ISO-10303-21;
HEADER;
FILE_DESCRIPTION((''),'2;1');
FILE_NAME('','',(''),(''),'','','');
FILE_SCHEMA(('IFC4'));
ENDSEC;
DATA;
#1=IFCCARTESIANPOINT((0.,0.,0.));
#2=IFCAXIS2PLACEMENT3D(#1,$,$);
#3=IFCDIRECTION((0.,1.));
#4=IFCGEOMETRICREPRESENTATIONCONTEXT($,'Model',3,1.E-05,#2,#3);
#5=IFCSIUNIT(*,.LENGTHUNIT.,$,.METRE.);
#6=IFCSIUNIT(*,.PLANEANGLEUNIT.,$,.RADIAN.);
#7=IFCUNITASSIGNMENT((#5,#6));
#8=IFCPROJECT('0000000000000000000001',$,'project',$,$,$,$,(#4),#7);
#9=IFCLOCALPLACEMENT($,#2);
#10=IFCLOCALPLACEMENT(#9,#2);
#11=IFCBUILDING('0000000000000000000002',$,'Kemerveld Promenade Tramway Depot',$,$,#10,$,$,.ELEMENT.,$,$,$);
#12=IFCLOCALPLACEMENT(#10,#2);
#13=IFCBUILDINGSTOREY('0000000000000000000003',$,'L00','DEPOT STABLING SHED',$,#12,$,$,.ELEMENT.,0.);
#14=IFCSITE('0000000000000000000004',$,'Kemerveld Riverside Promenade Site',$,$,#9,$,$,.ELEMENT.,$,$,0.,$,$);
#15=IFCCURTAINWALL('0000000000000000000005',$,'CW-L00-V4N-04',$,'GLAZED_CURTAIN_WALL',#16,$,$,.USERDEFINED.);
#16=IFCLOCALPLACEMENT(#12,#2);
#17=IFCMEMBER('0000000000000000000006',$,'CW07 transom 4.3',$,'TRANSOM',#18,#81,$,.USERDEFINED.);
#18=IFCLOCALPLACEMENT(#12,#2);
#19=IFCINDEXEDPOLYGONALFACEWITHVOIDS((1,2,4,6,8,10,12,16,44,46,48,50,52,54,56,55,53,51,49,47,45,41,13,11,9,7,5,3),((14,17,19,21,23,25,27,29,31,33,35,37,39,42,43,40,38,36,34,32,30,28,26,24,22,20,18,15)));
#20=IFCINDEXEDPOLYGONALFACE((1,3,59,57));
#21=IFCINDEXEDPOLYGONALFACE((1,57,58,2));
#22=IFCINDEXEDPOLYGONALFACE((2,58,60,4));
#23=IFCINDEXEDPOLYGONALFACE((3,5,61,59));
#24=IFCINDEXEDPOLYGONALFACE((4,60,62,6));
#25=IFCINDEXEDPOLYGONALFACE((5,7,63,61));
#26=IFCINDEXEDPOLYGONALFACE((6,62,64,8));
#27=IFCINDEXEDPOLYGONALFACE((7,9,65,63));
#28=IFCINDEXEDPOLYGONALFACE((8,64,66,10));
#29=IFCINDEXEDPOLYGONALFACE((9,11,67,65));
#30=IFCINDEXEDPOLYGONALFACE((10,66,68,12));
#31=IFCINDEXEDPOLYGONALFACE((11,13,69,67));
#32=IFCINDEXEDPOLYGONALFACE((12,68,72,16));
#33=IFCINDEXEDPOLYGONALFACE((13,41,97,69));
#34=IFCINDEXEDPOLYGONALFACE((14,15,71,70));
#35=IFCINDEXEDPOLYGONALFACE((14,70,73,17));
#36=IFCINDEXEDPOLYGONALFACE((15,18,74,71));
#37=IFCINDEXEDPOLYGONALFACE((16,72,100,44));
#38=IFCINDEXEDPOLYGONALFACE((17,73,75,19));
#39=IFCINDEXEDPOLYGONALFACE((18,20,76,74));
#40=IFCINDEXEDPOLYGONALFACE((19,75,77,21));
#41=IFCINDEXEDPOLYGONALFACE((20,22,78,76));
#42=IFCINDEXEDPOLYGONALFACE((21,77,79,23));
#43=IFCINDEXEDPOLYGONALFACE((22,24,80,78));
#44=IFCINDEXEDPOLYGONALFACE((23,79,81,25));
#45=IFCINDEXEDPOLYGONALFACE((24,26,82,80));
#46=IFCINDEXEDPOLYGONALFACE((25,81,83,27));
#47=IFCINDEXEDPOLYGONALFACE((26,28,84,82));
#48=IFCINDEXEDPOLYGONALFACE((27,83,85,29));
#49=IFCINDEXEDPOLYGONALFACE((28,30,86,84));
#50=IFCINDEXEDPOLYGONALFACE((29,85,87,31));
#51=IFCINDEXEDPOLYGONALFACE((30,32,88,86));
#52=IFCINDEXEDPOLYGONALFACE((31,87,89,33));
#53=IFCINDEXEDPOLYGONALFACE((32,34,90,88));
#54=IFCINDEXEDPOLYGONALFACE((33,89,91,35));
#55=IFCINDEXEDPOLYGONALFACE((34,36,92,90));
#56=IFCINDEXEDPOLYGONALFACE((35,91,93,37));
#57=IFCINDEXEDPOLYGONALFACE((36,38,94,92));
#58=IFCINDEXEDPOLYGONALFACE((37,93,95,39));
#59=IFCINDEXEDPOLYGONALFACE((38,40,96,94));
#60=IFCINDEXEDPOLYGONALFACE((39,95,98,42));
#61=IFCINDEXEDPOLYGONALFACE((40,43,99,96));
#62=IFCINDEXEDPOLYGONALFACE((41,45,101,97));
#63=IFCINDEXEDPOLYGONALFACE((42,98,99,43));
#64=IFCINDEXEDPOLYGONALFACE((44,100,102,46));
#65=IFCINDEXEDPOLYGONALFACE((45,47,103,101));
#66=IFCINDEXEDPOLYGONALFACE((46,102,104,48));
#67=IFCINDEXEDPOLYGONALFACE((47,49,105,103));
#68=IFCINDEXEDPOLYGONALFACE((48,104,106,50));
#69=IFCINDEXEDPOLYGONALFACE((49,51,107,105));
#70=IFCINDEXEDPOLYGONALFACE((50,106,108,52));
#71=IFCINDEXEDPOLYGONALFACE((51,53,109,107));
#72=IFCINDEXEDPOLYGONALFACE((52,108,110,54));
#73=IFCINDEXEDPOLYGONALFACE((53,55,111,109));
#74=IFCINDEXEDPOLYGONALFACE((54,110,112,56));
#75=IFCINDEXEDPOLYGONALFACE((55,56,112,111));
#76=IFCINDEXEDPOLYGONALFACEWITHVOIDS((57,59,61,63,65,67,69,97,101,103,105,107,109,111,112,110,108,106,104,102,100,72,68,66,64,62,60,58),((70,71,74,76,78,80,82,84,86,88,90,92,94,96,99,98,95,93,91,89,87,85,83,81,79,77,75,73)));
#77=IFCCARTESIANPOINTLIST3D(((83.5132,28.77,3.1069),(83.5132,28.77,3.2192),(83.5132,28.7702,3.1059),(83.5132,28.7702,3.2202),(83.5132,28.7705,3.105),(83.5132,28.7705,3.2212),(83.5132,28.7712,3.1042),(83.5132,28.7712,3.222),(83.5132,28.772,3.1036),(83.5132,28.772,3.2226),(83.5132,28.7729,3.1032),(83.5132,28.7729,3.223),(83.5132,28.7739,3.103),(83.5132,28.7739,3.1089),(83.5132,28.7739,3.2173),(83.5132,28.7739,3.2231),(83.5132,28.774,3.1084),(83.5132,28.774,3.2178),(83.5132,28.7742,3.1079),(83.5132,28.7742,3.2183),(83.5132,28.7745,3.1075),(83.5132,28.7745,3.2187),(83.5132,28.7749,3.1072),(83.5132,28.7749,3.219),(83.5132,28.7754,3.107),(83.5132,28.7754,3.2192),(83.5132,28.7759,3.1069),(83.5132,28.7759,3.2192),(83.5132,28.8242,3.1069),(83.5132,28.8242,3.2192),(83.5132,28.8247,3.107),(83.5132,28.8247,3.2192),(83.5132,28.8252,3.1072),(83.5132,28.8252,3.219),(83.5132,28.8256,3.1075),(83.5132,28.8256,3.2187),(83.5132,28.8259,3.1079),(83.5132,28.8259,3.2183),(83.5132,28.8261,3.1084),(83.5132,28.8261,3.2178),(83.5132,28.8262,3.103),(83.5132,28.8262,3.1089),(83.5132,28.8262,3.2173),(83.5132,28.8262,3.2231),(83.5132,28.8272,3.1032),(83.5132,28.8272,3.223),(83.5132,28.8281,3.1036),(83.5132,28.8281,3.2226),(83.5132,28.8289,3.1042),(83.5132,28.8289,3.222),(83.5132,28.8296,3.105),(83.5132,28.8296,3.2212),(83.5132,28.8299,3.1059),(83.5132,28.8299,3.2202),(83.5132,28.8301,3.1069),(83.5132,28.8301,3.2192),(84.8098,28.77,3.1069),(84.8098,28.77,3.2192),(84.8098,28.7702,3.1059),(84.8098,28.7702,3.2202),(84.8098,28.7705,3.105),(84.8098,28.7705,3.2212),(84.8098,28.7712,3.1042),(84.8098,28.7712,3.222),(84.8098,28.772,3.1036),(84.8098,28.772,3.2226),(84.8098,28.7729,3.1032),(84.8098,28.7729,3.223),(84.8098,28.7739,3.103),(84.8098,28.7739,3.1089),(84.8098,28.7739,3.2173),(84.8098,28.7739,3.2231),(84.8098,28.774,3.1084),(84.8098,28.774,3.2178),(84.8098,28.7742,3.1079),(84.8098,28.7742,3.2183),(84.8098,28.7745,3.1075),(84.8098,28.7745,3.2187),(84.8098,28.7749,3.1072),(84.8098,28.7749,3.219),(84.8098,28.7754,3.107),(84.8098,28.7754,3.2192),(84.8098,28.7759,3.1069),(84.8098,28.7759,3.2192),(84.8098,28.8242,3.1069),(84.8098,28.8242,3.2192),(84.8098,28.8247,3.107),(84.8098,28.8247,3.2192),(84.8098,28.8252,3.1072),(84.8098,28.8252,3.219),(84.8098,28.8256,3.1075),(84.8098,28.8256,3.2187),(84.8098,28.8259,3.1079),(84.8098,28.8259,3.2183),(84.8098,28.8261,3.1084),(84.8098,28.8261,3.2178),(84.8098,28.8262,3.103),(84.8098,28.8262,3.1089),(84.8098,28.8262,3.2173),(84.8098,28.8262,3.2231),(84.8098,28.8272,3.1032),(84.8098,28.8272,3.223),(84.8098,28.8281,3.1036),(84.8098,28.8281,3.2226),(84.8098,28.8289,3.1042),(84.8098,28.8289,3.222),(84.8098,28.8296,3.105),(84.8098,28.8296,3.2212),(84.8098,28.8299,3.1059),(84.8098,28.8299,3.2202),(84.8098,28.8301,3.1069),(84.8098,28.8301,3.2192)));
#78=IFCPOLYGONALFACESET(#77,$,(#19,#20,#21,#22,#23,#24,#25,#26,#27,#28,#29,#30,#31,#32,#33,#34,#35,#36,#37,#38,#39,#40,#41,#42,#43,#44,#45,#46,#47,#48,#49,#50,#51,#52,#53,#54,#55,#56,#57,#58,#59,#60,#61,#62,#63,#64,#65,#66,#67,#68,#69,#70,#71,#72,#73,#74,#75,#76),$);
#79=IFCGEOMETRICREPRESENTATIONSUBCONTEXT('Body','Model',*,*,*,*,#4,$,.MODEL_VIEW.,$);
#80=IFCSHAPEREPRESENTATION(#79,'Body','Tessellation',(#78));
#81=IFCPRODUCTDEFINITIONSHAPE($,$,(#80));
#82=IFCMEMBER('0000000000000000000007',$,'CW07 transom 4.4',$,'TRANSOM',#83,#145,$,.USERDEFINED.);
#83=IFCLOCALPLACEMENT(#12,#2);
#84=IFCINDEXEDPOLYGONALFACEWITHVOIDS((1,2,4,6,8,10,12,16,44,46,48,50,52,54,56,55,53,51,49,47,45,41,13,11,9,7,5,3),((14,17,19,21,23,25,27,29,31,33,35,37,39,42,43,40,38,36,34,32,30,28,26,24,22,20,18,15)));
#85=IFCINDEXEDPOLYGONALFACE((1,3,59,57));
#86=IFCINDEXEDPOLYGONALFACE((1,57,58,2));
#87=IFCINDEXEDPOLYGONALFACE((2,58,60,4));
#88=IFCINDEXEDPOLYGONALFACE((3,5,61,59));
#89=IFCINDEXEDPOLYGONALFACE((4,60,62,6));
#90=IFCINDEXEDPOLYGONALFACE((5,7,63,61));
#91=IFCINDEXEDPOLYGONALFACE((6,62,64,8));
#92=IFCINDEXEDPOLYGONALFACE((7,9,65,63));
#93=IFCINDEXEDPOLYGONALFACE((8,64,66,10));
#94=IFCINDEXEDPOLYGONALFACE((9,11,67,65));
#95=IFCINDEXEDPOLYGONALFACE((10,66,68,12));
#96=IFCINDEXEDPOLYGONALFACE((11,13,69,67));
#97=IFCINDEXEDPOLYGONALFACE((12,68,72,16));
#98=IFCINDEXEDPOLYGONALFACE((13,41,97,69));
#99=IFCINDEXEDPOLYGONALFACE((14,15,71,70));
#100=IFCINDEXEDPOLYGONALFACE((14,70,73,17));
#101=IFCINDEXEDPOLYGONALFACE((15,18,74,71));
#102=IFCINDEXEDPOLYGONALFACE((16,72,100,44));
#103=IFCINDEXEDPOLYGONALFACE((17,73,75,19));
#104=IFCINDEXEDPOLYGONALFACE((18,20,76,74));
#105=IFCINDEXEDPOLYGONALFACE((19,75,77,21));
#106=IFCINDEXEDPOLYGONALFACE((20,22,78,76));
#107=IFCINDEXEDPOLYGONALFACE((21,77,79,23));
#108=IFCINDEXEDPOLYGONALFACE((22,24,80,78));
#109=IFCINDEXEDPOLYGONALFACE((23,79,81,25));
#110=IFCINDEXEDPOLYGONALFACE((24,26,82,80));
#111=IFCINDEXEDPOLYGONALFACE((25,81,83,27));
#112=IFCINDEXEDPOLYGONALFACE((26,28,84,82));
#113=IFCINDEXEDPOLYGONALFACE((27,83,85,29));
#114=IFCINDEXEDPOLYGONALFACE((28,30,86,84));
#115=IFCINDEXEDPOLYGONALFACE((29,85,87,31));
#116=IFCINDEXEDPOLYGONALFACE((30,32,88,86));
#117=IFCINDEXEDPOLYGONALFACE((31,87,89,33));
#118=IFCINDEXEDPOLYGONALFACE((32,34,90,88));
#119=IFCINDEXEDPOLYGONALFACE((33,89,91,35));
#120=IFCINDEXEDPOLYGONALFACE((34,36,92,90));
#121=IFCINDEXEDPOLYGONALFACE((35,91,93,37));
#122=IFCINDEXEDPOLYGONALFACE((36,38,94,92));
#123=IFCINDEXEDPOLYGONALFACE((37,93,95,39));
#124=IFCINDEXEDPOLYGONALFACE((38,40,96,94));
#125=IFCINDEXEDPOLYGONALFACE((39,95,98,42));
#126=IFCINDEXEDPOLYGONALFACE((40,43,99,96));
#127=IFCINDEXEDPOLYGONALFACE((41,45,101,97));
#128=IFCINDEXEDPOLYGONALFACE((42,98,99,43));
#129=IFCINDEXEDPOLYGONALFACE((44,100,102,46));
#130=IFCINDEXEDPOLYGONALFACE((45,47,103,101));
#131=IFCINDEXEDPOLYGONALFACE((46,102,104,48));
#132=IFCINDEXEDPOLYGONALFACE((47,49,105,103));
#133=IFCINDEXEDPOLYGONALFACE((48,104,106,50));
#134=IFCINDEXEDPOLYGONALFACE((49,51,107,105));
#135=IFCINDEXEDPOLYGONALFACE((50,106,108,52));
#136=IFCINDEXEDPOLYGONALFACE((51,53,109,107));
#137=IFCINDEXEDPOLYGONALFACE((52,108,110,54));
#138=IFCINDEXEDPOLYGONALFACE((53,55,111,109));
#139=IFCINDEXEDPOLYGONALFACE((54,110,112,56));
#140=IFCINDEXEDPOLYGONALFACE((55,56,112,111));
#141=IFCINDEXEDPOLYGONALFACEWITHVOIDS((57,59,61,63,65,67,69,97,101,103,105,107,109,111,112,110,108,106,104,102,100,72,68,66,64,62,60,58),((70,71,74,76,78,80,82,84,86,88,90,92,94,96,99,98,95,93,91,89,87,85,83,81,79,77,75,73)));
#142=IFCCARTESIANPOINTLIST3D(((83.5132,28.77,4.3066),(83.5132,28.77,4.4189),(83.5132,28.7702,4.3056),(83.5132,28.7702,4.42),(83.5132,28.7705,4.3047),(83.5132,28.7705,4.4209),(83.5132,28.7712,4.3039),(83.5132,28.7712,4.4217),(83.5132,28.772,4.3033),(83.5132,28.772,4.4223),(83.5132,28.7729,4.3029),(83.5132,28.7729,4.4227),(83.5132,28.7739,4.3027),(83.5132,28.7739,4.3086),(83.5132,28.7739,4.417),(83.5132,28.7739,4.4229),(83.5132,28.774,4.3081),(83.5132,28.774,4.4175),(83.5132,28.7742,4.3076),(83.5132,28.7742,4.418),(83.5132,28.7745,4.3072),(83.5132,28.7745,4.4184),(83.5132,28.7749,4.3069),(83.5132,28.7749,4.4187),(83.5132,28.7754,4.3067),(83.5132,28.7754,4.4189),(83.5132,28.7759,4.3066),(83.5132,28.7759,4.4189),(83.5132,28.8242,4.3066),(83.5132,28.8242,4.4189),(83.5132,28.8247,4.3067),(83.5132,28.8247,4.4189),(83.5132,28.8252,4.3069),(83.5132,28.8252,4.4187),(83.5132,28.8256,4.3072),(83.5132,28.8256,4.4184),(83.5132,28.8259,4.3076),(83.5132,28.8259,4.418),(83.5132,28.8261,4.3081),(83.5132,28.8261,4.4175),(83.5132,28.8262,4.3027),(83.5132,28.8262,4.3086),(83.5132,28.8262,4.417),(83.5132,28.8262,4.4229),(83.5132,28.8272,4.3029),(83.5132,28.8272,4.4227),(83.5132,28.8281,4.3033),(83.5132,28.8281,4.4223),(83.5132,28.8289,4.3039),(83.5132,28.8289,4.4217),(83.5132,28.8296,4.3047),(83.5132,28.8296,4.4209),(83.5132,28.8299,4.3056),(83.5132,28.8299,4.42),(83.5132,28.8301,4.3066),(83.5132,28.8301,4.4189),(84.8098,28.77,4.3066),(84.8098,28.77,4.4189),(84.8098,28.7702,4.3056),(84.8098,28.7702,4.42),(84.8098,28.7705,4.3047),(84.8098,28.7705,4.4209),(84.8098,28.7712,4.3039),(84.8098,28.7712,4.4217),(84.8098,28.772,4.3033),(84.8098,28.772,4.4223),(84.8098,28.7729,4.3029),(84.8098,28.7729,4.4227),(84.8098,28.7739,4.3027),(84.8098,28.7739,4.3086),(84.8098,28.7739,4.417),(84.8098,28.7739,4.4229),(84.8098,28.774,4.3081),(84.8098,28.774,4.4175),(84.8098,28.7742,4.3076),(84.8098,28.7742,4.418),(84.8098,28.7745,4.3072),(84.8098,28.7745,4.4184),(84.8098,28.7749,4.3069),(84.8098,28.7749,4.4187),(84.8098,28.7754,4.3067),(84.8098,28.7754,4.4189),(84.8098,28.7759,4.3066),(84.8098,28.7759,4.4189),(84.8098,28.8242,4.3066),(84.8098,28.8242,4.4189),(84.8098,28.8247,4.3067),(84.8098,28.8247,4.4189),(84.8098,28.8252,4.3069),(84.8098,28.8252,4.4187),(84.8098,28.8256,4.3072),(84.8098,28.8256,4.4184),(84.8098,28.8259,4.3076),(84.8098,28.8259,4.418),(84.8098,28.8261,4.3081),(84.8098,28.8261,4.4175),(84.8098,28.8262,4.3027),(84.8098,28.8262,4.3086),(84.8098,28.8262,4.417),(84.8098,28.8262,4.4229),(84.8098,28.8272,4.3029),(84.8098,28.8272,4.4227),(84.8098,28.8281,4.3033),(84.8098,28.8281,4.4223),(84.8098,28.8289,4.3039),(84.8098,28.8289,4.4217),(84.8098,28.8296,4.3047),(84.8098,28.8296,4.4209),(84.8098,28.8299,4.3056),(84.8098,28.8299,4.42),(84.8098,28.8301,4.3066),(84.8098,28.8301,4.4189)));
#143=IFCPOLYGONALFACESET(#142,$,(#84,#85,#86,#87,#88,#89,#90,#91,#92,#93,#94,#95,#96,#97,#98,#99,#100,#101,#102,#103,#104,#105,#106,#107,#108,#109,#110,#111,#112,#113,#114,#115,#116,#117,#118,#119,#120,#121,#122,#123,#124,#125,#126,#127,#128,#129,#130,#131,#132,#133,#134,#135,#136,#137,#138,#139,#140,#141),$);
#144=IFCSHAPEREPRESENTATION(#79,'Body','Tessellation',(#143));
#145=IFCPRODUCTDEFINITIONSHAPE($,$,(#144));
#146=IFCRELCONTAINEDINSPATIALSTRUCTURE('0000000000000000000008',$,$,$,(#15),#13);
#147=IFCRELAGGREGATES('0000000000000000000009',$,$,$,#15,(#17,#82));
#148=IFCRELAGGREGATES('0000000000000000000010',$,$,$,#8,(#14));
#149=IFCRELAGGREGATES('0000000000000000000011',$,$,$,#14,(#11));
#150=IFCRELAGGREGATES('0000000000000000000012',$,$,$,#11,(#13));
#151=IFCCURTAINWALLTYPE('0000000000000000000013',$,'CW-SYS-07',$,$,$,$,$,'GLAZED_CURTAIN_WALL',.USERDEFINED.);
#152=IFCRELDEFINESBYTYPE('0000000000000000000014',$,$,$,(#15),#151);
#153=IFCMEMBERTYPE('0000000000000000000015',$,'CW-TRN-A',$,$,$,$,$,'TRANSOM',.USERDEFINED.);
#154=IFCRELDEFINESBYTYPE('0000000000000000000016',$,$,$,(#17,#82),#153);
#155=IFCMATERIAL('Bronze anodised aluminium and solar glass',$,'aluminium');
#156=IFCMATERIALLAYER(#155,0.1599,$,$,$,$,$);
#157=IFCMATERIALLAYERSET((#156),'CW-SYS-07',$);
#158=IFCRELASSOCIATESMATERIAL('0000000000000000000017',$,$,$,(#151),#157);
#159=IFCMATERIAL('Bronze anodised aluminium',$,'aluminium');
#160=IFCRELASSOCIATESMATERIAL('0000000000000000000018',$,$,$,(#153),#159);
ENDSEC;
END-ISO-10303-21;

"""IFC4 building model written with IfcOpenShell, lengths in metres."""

from ifc_helpers import new_model, si_unit, direction, frame, origin, origin_2d, place, context, subcontext, project, spatial, hollow_rectangle, extrude, material, layer, layer_set, material_profile, profile_set, type_object, element, aggregate, save


model = new_model("IFC4")

# Units and contexts
model_context = context("Model", 3, precision=1e-05, world=origin(), true_north=direction((0.0, 1.0)))
body_context = subcontext(model_context, "Body", "Model", "MODEL_VIEW")
ifc_project = project(units=[si_unit("LENGTHUNIT", "METRE"), si_unit("PLANEANGLEUNIT", "RADIAN")], contexts=[model_context])

# Site, building, storey
site_placement = place(None, origin())
site = spatial("IfcSite", under=ifc_project, at=site_placement, Name="Kemerveld Riverside Promenade Site", CompositionType="ELEMENT", RefElevation=0.0)
building_placement = place(site_placement, origin())
building = spatial("IfcBuilding", under=site, at=building_placement, Name="Kemerveld Promenade Tramway Depot", CompositionType="ELEMENT")
storey_placement = place(building_placement, origin())
storey = spatial("IfcBuildingStorey", under=building, at=storey_placement, Name="L00", Description="DEPOT STABLING SHED", CompositionType="ELEMENT", Elevation=0.0)

# Curtain wall, members
ifc_material_1 = material(Name="Bronze anodised aluminium and solar glass", Category="aluminium")
ifc_layer_1 = layer(ifc_material_1, 0.1599)
ifc_layer_set_1 = layer_set([ifc_layer_1], Name="CW-SYS-07")
curtain_wall_type = type_object("IfcCurtainWallType", Name="CW-SYS-07", ElementType="GLAZED_CURTAIN_WALL", PredefinedType="USERDEFINED", material=ifc_layer_set_1)
curtain_wall_placement = place(storey_placement, origin())
curtain_wall = element("IfcCurtainWall", 1, at=curtain_wall_placement, inside=storey, type_object=curtain_wall_type, Name="CW-L00-V4N-04", ObjectType="GLAZED_CURTAIN_WALL", PredefinedType="USERDEFINED")
ifc_material_2 = material(Name="Bronze anodised aluminium", Category="aluminium")
ifc_material_profile_1 = material_profile(ifc_material_2, hollow_rectangle(XDim=0.0601, YDim=0.1201, WallThickness=0.0039, InnerFilletRadius=0.002, OuterFilletRadius=0.0039, at=origin_2d()), Name="CW-TRN-120x60")
ifc_profile_set_1 = profile_set([ifc_material_profile_1], Name="Bronze anodised aluminium")
member_type_1 = type_object("IfcMemberType", Name="CW-TRN-A", ElementType="TRANSOM", PredefinedType="USERDEFINED", material=ifc_profile_set_1)
member_1_placement = place(storey_placement, frame((83.5132, 28.8, 3.1631), z_axis=(1.0, 0.0, 0.0), x_axis=(0.0, 1.0, 0.0)))
member_1 = element("IfcMember", 2, at=member_1_placement, type_object=member_type_1, Name="CW07 transom 4.3", ObjectType="TRANSOM", PredefinedType="USERDEFINED", context=body_context, shape_type="SweptSolid", body=[
    extrude(hollow_rectangle(XDim=0.0601, YDim=0.1201, WallThickness=0.0039, InnerFilletRadius=0.002, OuterFilletRadius=0.0039, at=origin_2d()), origin(), (0.0, 0.0, 1.0), 1.2966),
])
member_2_placement = place(storey_placement, frame((83.5132, 28.8, 4.3628), z_axis=(1.0, 0.0, 0.0), x_axis=(0.0, 1.0, 0.0)))
member_2 = element("IfcMember", 3, at=member_2_placement, type_object=member_type_1, Name="CW07 transom 4.4", ObjectType="TRANSOM", PredefinedType="USERDEFINED", context=body_context, shape_type="SweptSolid", body=[
    extrude(hollow_rectangle(XDim=0.0601, YDim=0.1201, WallThickness=0.0039, InnerFilletRadius=0.002, OuterFilletRadius=0.0039, at=origin_2d()), origin(), (0.0, 0.0, 1.0), 1.2966),
])
aggregate(curtain_wall, [member_1, member_2])

save(model, "model.ifc")
